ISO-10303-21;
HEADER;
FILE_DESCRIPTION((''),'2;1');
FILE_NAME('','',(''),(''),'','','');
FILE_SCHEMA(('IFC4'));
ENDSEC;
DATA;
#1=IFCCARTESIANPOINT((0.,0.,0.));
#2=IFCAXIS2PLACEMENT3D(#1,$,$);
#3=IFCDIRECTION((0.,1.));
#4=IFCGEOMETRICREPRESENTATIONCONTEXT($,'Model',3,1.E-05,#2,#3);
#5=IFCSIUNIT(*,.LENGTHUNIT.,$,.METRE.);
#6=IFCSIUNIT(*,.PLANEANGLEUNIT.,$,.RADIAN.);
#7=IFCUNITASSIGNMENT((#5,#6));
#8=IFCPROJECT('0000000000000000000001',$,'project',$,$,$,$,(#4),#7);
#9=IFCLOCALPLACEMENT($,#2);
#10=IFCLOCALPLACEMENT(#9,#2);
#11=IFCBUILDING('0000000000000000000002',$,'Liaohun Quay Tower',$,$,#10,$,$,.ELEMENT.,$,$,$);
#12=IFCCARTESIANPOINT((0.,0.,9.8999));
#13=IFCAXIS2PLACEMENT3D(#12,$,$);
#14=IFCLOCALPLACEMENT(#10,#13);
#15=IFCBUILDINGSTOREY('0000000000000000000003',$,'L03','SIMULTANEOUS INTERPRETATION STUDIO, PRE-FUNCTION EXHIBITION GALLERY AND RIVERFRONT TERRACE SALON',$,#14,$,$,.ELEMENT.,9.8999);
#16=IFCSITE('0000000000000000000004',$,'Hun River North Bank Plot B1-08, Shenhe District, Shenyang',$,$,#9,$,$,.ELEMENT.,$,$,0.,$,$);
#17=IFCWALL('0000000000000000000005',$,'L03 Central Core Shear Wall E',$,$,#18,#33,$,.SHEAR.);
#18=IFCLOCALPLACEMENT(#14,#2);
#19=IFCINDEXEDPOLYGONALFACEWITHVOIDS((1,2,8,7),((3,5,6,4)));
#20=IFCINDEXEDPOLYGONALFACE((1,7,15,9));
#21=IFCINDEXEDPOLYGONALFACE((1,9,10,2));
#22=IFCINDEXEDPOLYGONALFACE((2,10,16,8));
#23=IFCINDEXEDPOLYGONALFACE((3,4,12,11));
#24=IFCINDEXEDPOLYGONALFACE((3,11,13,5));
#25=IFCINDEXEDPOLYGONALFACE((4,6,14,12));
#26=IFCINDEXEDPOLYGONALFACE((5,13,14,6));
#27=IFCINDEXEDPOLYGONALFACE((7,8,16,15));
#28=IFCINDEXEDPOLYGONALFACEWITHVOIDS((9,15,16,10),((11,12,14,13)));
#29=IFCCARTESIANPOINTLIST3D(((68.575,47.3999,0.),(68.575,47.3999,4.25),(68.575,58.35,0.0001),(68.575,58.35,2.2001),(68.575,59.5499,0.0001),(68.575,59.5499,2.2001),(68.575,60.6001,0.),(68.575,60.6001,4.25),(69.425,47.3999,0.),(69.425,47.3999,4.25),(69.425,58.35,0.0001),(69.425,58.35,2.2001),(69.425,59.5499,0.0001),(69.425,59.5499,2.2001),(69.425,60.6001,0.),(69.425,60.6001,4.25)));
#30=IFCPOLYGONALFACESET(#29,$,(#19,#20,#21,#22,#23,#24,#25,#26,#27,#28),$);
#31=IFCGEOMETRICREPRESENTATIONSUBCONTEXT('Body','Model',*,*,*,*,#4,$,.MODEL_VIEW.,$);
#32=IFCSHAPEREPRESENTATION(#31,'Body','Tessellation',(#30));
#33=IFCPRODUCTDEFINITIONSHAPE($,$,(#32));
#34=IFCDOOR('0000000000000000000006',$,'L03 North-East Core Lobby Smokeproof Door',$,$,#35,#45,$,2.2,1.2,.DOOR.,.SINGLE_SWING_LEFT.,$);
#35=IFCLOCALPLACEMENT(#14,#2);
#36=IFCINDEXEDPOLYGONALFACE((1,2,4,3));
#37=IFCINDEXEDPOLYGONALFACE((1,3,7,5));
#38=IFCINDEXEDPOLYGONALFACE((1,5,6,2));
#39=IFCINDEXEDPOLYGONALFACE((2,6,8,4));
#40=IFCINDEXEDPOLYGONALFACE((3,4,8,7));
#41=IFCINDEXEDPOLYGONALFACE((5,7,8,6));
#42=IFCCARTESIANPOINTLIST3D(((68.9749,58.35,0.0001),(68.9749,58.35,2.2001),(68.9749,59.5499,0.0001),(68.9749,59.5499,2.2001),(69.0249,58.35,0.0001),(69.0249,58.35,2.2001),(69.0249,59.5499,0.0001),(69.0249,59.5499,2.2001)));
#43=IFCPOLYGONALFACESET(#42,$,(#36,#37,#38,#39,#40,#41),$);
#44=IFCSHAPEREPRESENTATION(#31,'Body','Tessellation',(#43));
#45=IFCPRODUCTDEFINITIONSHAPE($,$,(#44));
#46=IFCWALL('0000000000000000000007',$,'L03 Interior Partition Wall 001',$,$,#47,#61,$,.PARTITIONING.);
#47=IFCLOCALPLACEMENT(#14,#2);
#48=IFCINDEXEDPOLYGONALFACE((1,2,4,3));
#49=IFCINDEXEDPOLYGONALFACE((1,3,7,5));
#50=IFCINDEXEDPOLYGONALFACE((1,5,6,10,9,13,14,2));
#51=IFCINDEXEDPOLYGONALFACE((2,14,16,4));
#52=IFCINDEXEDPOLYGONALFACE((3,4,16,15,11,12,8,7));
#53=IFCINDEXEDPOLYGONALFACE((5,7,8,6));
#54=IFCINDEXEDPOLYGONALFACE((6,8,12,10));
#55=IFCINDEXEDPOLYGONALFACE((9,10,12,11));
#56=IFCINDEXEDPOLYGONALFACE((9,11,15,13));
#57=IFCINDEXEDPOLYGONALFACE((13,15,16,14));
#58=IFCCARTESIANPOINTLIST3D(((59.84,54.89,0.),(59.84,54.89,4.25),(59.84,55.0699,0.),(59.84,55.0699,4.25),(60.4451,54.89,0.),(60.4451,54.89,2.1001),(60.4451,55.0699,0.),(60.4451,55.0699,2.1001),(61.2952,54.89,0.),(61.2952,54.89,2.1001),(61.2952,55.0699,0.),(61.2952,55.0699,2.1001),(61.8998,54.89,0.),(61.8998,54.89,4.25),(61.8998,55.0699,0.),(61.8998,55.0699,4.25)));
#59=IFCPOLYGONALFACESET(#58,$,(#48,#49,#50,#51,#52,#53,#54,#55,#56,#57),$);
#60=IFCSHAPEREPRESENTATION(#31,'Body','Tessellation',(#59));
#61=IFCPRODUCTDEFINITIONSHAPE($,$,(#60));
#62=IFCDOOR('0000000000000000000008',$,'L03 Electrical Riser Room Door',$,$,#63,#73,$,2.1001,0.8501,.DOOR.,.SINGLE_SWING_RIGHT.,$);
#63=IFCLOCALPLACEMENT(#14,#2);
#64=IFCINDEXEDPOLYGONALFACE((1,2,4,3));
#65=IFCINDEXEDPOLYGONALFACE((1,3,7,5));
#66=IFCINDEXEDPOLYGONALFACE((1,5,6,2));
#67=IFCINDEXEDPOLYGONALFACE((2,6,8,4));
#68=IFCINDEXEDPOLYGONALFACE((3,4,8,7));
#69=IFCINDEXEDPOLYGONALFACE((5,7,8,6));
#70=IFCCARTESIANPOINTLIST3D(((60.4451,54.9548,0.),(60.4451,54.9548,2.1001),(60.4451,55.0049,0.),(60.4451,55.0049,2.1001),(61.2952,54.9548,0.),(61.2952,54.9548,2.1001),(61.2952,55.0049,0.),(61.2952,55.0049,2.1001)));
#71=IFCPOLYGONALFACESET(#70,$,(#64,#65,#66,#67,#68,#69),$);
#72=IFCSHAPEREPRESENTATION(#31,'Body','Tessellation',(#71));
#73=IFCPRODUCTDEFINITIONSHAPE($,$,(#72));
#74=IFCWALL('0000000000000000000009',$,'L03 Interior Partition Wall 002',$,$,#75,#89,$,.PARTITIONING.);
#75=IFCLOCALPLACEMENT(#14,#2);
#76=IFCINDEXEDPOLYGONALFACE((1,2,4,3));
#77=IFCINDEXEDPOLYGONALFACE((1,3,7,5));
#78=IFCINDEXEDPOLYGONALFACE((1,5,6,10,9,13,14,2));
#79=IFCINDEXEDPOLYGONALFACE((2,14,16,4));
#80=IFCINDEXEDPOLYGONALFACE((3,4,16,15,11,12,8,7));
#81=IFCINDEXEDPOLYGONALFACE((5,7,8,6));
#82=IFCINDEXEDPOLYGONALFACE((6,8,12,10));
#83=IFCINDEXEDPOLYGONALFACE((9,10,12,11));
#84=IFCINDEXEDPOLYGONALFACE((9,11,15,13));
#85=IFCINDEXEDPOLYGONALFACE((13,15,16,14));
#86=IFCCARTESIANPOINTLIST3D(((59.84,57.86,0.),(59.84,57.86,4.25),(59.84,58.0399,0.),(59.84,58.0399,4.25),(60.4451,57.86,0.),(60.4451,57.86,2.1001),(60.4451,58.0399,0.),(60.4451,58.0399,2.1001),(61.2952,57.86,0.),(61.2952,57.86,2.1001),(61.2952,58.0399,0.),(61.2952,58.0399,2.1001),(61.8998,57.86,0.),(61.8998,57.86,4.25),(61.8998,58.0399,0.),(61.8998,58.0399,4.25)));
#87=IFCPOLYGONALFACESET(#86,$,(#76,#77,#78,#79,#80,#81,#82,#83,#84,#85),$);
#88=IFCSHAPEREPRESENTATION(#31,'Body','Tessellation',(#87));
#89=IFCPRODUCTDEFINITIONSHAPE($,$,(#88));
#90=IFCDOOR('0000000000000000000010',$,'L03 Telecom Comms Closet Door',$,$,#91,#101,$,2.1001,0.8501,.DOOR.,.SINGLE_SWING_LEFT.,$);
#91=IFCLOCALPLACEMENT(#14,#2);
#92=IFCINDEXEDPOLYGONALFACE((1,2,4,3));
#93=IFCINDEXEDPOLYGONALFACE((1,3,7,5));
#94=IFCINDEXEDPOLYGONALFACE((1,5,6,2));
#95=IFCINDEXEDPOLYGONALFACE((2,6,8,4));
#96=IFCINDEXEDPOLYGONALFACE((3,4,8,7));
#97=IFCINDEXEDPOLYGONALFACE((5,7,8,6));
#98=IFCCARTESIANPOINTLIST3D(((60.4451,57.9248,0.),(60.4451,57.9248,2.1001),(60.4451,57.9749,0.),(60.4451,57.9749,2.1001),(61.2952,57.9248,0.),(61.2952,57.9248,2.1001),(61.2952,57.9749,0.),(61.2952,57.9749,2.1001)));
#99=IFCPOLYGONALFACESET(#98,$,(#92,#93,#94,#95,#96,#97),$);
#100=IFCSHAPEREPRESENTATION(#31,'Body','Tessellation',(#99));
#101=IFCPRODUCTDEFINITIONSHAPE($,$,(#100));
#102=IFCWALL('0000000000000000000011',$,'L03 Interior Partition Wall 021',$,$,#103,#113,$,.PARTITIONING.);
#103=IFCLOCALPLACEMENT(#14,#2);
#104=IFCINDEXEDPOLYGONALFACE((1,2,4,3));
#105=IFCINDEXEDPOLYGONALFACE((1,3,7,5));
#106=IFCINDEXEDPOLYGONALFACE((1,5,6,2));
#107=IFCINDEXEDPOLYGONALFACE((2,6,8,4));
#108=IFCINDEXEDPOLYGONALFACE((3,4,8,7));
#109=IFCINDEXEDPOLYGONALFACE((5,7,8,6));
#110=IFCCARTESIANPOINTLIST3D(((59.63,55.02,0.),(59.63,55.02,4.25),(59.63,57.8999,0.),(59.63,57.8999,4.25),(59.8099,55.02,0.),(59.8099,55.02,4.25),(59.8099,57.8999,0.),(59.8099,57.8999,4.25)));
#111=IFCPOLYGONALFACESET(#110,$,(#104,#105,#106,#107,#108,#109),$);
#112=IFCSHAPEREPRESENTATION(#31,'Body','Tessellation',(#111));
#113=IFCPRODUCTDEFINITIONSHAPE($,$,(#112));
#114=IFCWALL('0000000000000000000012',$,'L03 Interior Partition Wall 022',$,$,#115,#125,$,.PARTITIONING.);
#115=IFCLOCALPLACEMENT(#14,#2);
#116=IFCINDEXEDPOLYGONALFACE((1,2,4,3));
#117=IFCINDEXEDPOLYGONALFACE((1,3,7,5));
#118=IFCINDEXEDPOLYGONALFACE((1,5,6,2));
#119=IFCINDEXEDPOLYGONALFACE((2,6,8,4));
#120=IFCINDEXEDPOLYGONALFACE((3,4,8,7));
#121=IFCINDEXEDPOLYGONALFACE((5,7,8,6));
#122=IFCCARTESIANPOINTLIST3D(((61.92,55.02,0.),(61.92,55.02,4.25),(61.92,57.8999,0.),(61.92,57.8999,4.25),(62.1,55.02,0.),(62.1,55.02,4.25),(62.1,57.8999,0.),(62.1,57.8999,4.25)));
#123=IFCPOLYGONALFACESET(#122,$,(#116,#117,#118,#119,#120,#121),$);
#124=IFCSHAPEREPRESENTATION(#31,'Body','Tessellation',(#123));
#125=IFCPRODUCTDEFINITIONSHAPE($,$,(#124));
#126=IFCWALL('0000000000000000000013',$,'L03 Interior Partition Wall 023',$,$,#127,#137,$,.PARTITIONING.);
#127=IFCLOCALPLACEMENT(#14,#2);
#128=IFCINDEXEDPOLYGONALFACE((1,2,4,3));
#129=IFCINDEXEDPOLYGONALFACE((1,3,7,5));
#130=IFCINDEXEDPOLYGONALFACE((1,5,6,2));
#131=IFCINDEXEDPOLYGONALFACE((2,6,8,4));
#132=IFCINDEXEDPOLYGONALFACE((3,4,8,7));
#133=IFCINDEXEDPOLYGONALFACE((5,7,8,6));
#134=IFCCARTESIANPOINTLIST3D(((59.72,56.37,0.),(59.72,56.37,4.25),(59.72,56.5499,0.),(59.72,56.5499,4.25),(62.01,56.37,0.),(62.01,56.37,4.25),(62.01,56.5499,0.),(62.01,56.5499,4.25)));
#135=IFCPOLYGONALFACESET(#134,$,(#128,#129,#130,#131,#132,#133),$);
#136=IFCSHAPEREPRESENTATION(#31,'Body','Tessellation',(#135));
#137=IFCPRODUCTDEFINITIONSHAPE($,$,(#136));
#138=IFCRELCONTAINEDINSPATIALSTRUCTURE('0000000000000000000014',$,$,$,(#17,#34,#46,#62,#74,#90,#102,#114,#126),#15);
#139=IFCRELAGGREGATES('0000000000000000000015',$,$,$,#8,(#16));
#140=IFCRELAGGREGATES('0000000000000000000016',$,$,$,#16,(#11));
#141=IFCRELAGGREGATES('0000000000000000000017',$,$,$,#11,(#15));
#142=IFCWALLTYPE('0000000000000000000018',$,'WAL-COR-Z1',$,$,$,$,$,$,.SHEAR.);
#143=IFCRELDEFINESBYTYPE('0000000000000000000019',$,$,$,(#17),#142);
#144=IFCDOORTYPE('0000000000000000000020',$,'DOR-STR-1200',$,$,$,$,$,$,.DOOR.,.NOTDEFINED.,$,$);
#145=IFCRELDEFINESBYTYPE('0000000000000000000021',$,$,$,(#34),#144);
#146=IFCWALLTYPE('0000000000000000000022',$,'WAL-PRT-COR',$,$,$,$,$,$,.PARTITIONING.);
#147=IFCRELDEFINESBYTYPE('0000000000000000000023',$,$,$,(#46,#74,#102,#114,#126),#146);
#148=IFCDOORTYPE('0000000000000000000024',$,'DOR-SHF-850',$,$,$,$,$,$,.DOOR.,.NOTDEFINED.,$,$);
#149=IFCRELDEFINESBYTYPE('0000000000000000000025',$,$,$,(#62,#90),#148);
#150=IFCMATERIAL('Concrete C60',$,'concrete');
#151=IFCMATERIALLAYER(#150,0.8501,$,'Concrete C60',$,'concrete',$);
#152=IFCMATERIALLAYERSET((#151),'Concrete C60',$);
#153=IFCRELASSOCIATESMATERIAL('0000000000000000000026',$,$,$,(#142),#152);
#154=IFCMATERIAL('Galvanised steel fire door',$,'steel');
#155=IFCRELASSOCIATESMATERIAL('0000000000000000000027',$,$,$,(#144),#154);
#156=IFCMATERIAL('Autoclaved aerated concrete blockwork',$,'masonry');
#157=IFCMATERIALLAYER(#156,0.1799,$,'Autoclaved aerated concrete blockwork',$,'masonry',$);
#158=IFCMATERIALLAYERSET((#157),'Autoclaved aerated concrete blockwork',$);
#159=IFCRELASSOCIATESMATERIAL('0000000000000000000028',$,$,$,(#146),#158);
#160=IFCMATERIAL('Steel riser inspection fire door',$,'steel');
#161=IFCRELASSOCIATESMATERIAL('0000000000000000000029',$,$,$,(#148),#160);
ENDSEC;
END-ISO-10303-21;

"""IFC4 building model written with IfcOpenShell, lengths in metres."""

from ifc_helpers import new_model, si_unit, direction, frame, frame_2d, origin, place, context, subcontext, project, spatial, rectangle, extrude, source, transform, mapped, material, layer, layer_set, type_object, element, fill, save


model = new_model("IFC4")

# Units and contexts
model_context = context("Model", 3, precision=1e-05, world=origin(), true_north=direction((0.0, 1.0)))
body_context = subcontext(model_context, "Body", "Model", "MODEL_VIEW")
ifc_project = project(units=[si_unit("LENGTHUNIT", "METRE"), si_unit("PLANEANGLEUNIT", "RADIAN")], contexts=[model_context])

# Site, building, storey
site_placement = place(None, origin())
site = spatial("IfcSite", under=ifc_project, at=site_placement, Name="Hun River North Bank Plot B1-08, Shenhe District, Shenyang", CompositionType="ELEMENT", RefElevation=0.0)
building_placement = place(site_placement, origin())
building = spatial("IfcBuilding", under=site, at=building_placement, Name="Liaohun Quay Tower", CompositionType="ELEMENT")
storey_placement = place(building_placement, frame((0.0, 0.0, 9.8999)))
storey = spatial("IfcBuildingStorey", under=building, at=storey_placement, Name="L03", Description="SIMULTANEOUS INTERPRETATION STUDIO, PRE-FUNCTION EXHIBITION GALLERY AND RIVERFRONT TERRACE SALON", CompositionType="ELEMENT", Elevation=9.8999)

# Walls, openings, doors
ifc_material_1 = material(Name="Concrete C60", Category="concrete")
ifc_layer_1 = layer(ifc_material_1, 0.8501, Name="Concrete C60", Category="concrete")
ifc_layer_set_1 = layer_set([ifc_layer_1], Name="Concrete C60")
wall_type_1 = type_object("IfcWallType", Name="WAL-COR-Z1", PredefinedType="SHEAR", material=ifc_layer_set_1)
wall_1_placement = place(storey_placement, frame((69.0, 60.6001, 0.0), z_axis=(0.0, 0.0, 1.0), x_axis=(0.0, -1.0, 0.0)))
wall_1 = element("IfcWall", 1, at=wall_1_placement, inside=storey, type_object=wall_type_1, Name="L03 Central Core Shear Wall E", PredefinedType="SHEAR", context=body_context, shape_type="SweptSolid", body=[
    extrude(rectangle(XDim=13.2002, YDim=0.8501, at=frame_2d((6.6001, 0.0))), origin(), (0.0, 0.0, 1.0), 4.25),
])
shared_shape_1 = source(origin(), body_context, "Body", "SweptSolid", [
    extrude(rectangle(XDim=1.2, YDim=2.2, at=frame_2d((0.6001, 1.1001))), frame((0.0, 0.4351, 0.0), z_axis=(0.0, -1.0, 0.0), x_axis=(1.0, 0.0, 0.0)), (0.0, 0.0, 1.0), 0.8701),
])
opening_1_placement = place(wall_1_placement, frame((1.05, 0.0, 0.0)))
opening_1 = element("IfcOpeningElement", 2, at=opening_1_placement, cuts=wall_1, PredefinedType="OPENING", context=body_context, shape_type="MappedRepresentation", body=[
    mapped(shared_shape_1, transform((0.0, 0.0, 0.0), x_axis=(1.0, 0.0, 0.0), y_axis=(0.0, 1.0, 0.0), z_axis=(0.0, 0.0, 1.0), scale=1.0)),
])
ifc_material_2 = material(Name="Galvanised steel fire door", Category="steel")
door_type_1 = type_object("IfcDoorType", Name="DOR-STR-1200", OperationType="NOTDEFINED", PredefinedType="DOOR", material=ifc_material_2)
shared_shape_2 = source(origin(), body_context, "Body", "SweptSolid", [
    extrude(rectangle(XDim=1.2, YDim=2.2, at=frame_2d((0.6001, 1.1001))), frame((0.0, 0.0249, 0.0), z_axis=(0.0, -1.0, 0.0), x_axis=(1.0, 0.0, 0.0)), (0.0, 0.0, 1.0), 0.05),
])
door_1_placement = place(opening_1_placement, origin())
door_1 = element("IfcDoor", 3, at=door_1_placement, inside=storey, type_object=door_type_1, Name="L03 North-East Core Lobby Smokeproof Door", OperationType="SINGLE_SWING_LEFT", OverallHeight=2.2, OverallWidth=1.2, PredefinedType="DOOR", context=body_context, shape_type="MappedRepresentation", body=[
    mapped(shared_shape_2, transform((0.0, 0.0, 0.0), x_axis=(1.0, 0.0, 0.0), y_axis=(0.0, 1.0, 0.0), z_axis=(0.0, 0.0, 1.0), scale=1.0)),
])
fill(opening_1, door_1)
ifc_material_3 = material(Name="Autoclaved aerated concrete blockwork", Category="masonry")
ifc_layer_2 = layer(ifc_material_3, 0.1799, Name="Autoclaved aerated concrete blockwork", Category="masonry")
ifc_layer_set_2 = layer_set([ifc_layer_2], Name="Autoclaved aerated concrete blockwork")
wall_type_2 = type_object("IfcWallType", Name="WAL-PRT-COR", PredefinedType="PARTITIONING", material=ifc_layer_set_2)
wall_2_placement = place(storey_placement, frame((59.8401, 54.98, 0.0), z_axis=(0.0, 0.0, 1.0), x_axis=(1.0, 0.0, 0.0)))
wall_2 = element("IfcWall", 4, at=wall_2_placement, inside=storey, type_object=wall_type_2, Name="L03 Interior Partition Wall 001", PredefinedType="PARTITIONING", context=body_context, shape_type="SweptSolid", body=[
    extrude(rectangle(XDim=2.0598, YDim=0.1799, at=frame_2d((1.0298, 0.0))), origin(), (0.0, 0.0, 1.0), 4.25),
])
shared_shape_3 = source(origin(), body_context, "Body", "SweptSolid", [
    extrude(rectangle(XDim=0.8501, YDim=2.1001, at=frame_2d((0.425, 1.05))), frame((0.0, 0.0999, 0.0), z_axis=(0.0, -1.0, 0.0), x_axis=(1.0, 0.0, 0.0)), (0.0, 0.0, 1.0), 0.2),
])
opening_2_placement = place(wall_2_placement, frame((0.605, 0.0, 0.0)))
opening_2 = element("IfcOpeningElement", 5, at=opening_2_placement, cuts=wall_2, PredefinedType="OPENING", context=body_context, shape_type="MappedRepresentation", body=[
    mapped(shared_shape_3, transform((0.0, 0.0, 0.0), x_axis=(1.0, 0.0, 0.0), y_axis=(0.0, 1.0, 0.0), z_axis=(0.0, 0.0, 1.0), scale=1.0)),
])
ifc_material_4 = material(Name="Steel riser inspection fire door", Category="steel")
door_type_2 = type_object("IfcDoorType", Name="DOR-SHF-850", OperationType="NOTDEFINED", PredefinedType="DOOR", material=ifc_material_4)
shared_shape_4 = source(origin(), body_context, "Body", "SweptSolid", [
    extrude(rectangle(XDim=0.8501, YDim=2.1001, at=frame_2d((0.425, 1.05))), frame((0.0, 0.0249, 0.0), z_axis=(0.0, -1.0, 0.0), x_axis=(1.0, 0.0, 0.0)), (0.0, 0.0, 1.0), 0.05),
])
door_2_placement = place(opening_2_placement, origin())
door_2 = element("IfcDoor", 6, at=door_2_placement, inside=storey, type_object=door_type_2, Name="L03 Electrical Riser Room Door", OperationType="SINGLE_SWING_RIGHT", OverallHeight=2.1001, OverallWidth=0.8501, PredefinedType="DOOR", context=body_context, shape_type="MappedRepresentation", body=[
    mapped(shared_shape_4, transform((0.0, 0.0, 0.0), x_axis=(1.0, 0.0, 0.0), y_axis=(0.0, 1.0, 0.0), z_axis=(0.0, 0.0, 1.0), scale=1.0)),
])
fill(opening_2, door_2)
wall_3_placement = place(storey_placement, frame((59.8401, 57.95, 0.0), z_axis=(0.0, 0.0, 1.0), x_axis=(1.0, 0.0, 0.0)))
wall_3 = element("IfcWall", 7, at=wall_3_placement, inside=storey, type_object=wall_type_2, Name="L03 Interior Partition Wall 002", PredefinedType="PARTITIONING", context=body_context, shape_type="SweptSolid", body=[
    extrude(rectangle(XDim=2.0598, YDim=0.1799, at=frame_2d((1.0298, 0.0))), origin(), (0.0, 0.0, 1.0), 4.25),
])
opening_3_placement = place(wall_3_placement, frame((0.605, 0.0, 0.0)))
opening_3 = element("IfcOpeningElement", 8, at=opening_3_placement, cuts=wall_3, PredefinedType="OPENING", context=body_context, shape_type="MappedRepresentation", body=[
    mapped(shared_shape_3, transform((0.0, 0.0, 0.0), x_axis=(1.0, 0.0, 0.0), y_axis=(0.0, 1.0, 0.0), z_axis=(0.0, 0.0, 1.0), scale=1.0)),
])
door_3_placement = place(opening_3_placement, origin())
door_3 = element("IfcDoor", 9, at=door_3_placement, inside=storey, type_object=door_type_2, Name="L03 Telecom Comms Closet Door", OperationType="SINGLE_SWING_LEFT", OverallHeight=2.1001, OverallWidth=0.8501, PredefinedType="DOOR", context=body_context, shape_type="MappedRepresentation", body=[
    mapped(shared_shape_4, transform((0.0, 0.0, 0.0), x_axis=(1.0, 0.0, 0.0), y_axis=(0.0, 1.0, 0.0), z_axis=(0.0, 0.0, 1.0), scale=1.0)),
])
fill(opening_3, door_3)

# Walls
for number, where, z_axis, x_axis, name in (
    (10, (59.72, 55.02, 0.0), (0.0, 0.0, 1.0), (0.0, 1.0, 0.0), "L03 Interior Partition Wall 021"),
    (11, (62.01, 55.02, 0.0), (0.0, 0.0, 1.0), (0.0, 1.0, 0.0), "L03 Interior Partition Wall 022"),
):
    element("IfcWall", number, at=place(storey_placement, frame(where, z_axis=z_axis, x_axis=x_axis)), inside=storey, type_object=wall_type_2, Name=name, PredefinedType="PARTITIONING", context=body_context, shape_type="SweptSolid", body=[
        extrude(rectangle(XDim=2.8799, YDim=0.1799, at=frame_2d((1.4399, 0.0))), origin(), (0.0, 0.0, 1.0), 4.25),
    ])
wall_4_placement = place(storey_placement, frame((59.72, 56.46, 0.0), z_axis=(0.0, 0.0, 1.0), x_axis=(1.0, 0.0, 0.0)))
element("IfcWall", 12, at=wall_4_placement, inside=storey, type_object=wall_type_2, Name="L03 Interior Partition Wall 023", PredefinedType="PARTITIONING", context=body_context, shape_type="SweptSolid", body=[
    extrude(rectangle(XDim=2.29, YDim=0.1799, at=frame_2d((1.145, 0.0))), origin(), (0.0, 0.0, 1.0), 4.25),
])

save(model, "model.ifc")
